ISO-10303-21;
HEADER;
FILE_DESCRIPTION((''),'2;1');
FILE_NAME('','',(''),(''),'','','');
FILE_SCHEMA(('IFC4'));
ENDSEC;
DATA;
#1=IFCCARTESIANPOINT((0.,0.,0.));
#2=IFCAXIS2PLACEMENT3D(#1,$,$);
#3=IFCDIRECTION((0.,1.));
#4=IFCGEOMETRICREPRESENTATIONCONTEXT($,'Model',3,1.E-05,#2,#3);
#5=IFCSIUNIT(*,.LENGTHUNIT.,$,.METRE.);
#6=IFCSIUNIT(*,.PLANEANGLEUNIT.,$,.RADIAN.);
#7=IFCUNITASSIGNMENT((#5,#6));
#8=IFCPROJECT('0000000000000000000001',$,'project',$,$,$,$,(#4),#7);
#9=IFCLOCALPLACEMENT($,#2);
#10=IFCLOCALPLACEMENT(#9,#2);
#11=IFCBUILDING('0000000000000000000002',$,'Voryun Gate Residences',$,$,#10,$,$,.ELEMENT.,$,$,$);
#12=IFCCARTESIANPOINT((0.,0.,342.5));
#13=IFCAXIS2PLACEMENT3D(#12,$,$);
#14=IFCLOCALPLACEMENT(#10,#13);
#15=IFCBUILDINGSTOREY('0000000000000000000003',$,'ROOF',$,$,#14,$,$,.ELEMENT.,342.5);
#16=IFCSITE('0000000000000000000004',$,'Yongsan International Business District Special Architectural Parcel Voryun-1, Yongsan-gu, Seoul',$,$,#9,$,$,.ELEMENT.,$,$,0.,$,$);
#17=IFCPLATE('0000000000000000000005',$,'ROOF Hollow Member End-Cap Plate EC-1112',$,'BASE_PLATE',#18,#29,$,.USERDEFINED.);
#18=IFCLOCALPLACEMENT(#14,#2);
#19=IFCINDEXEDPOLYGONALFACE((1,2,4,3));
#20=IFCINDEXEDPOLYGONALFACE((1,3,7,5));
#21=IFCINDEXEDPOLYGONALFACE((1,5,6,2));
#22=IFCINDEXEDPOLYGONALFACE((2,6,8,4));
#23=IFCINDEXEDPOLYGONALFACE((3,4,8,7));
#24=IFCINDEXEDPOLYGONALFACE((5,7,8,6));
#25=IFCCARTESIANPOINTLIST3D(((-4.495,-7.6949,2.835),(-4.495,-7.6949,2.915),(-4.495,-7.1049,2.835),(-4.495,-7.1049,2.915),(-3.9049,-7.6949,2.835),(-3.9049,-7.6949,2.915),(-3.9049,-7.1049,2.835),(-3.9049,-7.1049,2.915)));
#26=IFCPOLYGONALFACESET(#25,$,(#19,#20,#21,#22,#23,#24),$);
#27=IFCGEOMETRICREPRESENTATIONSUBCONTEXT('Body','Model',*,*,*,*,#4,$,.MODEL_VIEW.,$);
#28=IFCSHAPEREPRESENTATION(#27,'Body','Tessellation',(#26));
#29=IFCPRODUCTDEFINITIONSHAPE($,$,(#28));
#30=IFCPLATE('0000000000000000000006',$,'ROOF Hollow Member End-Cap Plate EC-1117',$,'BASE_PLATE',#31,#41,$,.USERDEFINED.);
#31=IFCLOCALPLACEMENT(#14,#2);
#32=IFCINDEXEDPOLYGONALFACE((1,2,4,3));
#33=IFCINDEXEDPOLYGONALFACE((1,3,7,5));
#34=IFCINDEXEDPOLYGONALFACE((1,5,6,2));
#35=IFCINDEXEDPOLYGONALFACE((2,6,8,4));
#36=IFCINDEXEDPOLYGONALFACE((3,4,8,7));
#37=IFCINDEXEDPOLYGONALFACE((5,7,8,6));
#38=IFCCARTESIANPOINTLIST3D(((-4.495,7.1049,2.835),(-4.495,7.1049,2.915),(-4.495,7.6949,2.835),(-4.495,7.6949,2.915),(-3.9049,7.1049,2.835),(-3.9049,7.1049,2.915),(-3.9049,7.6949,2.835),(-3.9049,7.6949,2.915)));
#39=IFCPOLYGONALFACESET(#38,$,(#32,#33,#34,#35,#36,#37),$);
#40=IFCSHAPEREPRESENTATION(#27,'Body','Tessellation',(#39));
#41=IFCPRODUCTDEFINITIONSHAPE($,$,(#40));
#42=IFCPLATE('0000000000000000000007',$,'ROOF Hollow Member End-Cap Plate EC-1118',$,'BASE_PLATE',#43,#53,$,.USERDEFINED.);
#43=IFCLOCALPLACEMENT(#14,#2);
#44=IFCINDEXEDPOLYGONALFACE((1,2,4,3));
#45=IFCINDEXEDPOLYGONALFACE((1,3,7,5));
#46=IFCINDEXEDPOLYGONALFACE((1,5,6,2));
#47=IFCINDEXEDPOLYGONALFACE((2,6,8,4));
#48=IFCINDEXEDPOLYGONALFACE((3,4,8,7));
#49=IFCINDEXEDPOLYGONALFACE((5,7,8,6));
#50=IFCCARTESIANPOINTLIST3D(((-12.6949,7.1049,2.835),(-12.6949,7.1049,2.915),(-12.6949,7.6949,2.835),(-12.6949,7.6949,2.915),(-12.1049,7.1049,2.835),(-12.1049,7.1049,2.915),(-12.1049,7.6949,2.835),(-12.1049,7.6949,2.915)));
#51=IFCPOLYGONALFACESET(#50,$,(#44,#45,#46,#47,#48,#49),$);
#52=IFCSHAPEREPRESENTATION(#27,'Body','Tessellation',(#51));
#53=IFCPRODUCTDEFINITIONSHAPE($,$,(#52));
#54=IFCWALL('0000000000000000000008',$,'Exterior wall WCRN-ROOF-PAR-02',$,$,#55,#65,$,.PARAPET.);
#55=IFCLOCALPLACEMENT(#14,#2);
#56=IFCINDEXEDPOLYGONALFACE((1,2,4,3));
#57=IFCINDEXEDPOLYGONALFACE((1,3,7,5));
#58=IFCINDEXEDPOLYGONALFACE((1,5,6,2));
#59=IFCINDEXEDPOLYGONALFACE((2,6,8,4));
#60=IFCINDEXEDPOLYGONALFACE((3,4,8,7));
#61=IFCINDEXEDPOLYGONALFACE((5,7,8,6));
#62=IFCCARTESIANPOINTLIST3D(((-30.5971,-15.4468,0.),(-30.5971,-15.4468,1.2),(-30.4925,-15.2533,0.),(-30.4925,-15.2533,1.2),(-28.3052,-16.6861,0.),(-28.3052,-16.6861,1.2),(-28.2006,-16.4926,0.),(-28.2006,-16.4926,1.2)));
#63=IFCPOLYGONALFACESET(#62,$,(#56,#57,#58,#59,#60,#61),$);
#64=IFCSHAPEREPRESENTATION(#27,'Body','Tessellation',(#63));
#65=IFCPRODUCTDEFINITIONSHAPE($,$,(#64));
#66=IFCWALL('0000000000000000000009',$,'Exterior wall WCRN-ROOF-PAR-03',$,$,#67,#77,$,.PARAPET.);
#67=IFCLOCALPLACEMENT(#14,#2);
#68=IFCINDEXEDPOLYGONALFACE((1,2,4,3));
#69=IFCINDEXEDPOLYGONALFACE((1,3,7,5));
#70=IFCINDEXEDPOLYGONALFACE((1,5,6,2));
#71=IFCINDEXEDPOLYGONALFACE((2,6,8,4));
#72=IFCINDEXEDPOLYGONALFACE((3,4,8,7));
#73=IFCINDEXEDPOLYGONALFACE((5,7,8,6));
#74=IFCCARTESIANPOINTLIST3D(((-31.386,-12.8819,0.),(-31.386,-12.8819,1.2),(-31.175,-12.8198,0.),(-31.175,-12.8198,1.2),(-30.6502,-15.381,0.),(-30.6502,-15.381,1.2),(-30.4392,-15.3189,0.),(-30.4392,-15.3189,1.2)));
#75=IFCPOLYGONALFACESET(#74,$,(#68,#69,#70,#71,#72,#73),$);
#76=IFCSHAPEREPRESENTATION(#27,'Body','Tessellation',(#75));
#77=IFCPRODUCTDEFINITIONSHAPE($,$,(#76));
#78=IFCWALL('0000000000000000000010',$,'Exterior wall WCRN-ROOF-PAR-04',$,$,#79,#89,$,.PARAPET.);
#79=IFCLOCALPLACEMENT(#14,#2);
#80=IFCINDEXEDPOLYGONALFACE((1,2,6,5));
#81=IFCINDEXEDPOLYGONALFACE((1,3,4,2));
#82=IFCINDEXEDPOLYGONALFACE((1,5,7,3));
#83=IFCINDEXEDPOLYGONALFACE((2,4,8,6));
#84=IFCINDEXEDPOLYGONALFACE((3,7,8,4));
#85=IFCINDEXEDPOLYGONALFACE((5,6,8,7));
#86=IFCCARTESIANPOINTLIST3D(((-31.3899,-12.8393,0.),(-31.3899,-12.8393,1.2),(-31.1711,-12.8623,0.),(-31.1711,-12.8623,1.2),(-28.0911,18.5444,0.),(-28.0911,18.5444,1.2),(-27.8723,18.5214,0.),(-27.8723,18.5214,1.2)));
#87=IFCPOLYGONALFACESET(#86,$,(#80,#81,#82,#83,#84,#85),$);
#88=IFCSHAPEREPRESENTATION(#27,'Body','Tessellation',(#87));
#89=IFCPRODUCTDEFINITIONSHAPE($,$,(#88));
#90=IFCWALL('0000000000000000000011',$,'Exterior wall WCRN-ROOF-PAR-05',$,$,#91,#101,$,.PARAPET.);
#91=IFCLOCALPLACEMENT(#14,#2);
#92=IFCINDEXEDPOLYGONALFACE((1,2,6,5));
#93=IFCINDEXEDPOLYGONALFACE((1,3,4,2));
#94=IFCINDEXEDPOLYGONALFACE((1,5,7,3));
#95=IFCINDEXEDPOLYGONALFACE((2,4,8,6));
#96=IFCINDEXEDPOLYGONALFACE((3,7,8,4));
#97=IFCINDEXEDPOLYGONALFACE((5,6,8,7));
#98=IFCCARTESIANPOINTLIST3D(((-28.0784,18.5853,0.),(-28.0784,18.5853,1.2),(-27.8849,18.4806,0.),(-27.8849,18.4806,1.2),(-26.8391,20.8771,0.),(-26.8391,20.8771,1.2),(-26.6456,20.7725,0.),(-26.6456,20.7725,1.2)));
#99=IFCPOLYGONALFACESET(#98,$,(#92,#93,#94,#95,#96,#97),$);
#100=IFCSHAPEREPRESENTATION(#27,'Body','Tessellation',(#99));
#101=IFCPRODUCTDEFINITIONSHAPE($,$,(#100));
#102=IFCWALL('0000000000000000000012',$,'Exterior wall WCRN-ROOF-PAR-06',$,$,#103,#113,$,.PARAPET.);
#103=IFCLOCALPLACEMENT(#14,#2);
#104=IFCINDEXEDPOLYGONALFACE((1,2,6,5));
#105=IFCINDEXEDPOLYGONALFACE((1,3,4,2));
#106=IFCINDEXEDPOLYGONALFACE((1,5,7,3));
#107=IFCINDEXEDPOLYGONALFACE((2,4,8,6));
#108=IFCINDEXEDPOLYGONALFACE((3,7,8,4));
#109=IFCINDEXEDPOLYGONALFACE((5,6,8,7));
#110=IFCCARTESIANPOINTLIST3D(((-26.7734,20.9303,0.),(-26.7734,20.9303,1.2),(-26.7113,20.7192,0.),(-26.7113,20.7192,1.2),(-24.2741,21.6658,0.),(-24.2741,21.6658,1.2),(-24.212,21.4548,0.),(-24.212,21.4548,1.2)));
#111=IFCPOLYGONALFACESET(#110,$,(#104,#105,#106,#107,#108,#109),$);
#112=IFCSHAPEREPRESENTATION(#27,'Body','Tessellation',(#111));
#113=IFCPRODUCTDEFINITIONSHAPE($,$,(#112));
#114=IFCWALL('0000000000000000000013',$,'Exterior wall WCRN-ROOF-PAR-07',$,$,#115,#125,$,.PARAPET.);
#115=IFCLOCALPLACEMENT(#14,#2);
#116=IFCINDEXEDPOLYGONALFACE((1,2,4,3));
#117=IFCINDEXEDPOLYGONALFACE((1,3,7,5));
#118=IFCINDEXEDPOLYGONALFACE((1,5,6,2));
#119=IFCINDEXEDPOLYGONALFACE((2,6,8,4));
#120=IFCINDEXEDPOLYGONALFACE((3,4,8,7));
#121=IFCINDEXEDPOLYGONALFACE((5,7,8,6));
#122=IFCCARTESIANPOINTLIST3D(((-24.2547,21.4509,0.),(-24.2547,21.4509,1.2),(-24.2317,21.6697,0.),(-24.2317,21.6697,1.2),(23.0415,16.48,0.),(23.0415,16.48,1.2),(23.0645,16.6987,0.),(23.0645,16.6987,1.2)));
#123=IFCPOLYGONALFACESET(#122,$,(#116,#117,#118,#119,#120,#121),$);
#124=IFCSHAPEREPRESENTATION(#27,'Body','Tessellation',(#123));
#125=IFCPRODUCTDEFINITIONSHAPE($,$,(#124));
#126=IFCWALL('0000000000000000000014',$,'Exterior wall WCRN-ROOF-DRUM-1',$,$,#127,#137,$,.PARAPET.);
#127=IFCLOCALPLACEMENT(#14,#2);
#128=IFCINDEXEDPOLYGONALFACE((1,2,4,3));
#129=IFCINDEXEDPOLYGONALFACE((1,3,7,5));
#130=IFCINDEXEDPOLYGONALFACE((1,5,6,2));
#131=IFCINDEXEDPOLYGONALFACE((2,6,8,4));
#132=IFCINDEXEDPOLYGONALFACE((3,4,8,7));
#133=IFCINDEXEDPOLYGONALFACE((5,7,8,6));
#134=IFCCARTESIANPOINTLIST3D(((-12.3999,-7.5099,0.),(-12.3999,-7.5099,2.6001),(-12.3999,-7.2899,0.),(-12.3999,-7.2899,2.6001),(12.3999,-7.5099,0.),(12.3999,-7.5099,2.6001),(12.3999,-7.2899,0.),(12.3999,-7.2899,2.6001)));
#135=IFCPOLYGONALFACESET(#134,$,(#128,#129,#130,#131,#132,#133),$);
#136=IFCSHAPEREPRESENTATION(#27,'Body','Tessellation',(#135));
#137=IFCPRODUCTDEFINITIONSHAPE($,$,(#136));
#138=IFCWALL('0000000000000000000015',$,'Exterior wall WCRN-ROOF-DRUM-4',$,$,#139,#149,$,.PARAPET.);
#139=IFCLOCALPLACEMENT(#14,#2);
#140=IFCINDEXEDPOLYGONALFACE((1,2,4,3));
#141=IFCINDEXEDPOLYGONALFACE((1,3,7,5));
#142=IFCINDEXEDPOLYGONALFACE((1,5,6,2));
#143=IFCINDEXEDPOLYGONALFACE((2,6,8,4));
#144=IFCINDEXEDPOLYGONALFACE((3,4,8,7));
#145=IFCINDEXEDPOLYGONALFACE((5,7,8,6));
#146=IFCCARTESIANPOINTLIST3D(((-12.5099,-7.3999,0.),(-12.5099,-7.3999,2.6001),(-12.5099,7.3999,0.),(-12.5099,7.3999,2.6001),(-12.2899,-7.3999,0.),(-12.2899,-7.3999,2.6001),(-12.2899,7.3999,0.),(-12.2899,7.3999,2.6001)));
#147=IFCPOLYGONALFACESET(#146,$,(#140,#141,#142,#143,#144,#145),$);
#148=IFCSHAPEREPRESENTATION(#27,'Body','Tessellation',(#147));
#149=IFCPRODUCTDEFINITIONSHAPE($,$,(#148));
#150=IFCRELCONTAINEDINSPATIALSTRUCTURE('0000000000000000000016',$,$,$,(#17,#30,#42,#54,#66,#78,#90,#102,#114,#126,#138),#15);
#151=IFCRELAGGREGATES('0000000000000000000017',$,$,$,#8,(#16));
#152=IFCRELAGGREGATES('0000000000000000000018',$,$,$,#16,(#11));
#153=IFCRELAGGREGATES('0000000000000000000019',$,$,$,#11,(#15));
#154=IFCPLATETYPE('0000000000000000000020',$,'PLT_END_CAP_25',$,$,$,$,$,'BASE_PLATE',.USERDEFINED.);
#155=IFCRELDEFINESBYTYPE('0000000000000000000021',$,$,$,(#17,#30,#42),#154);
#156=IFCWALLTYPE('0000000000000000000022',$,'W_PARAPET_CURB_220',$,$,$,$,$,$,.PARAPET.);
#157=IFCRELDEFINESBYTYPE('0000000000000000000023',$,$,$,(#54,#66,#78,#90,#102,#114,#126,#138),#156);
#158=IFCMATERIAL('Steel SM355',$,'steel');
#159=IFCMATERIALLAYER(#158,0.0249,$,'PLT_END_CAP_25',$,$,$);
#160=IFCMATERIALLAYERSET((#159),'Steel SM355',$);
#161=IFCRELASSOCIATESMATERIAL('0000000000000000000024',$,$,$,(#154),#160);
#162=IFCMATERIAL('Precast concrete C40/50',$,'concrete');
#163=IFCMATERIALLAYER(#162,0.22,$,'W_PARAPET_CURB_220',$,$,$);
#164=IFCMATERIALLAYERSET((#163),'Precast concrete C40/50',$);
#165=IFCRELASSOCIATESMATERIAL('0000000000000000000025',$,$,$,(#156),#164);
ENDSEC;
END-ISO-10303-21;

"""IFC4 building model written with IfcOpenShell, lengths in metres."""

from ifc_helpers import new_model, si_unit, direction, frame, frame_2d, origin, origin_2d, place, context, subcontext, project, spatial, rectangle, extrude, material, layer, layer_set, type_object, element, save


model = new_model("IFC4")

# Units and contexts
model_context = context("Model", 3, precision=1e-05, world=origin(), true_north=direction((0.0, 1.0)))
body_context = subcontext(model_context, "Body", "Model", "MODEL_VIEW")
ifc_project = project(units=[si_unit("LENGTHUNIT", "METRE"), si_unit("PLANEANGLEUNIT", "RADIAN")], contexts=[model_context])

# Site, building, storey
site_placement = place(None, origin())
site = spatial("IfcSite", under=ifc_project, at=site_placement, Name="Yongsan International Business District Special Architectural Parcel Voryun-1, Yongsan-gu, Seoul", CompositionType="ELEMENT", RefElevation=0.0)
building_placement = place(site_placement, origin())
building = spatial("IfcBuilding", under=site, at=building_placement, Name="Voryun Gate Residences", CompositionType="ELEMENT")
storey_placement = place(building_placement, frame((0.0, 0.0, 342.5)))
storey = spatial("IfcBuildingStorey", under=building, at=storey_placement, Name="ROOF", CompositionType="ELEMENT", Elevation=342.5)

# Plates
ifc_material_1 = material(Name="Steel SM355", Category="steel")
ifc_layer_1 = layer(ifc_material_1, 0.0249, Name="PLT_END_CAP_25")
ifc_layer_set_1 = layer_set([ifc_layer_1], Name="Steel SM355")
plate_type = type_object("IfcPlateType", Name="PLT_END_CAP_25", ElementType="BASE_PLATE", PredefinedType="USERDEFINED", material=ifc_layer_set_1)
for number, where, z_axis, x_axis, name in (
    (1, (-4.2, -7.3999, 2.835), (0.0, 0.0, 1.0), (1.0, 0.0, 0.0), "ROOF Hollow Member End-Cap Plate EC-1112"),
    (2, (-4.2, 7.3999, 2.835), (0.0, 0.0, 1.0), (1.0, 0.0, 0.0), "ROOF Hollow Member End-Cap Plate EC-1117"),
    (3, (-12.3999, 7.3999, 2.835), (0.0, 0.0, 1.0), (1.0, 0.0, 0.0), "ROOF Hollow Member End-Cap Plate EC-1118"),
):
    element("IfcPlate", number, at=place(storey_placement, frame(where, z_axis=z_axis, x_axis=x_axis)), inside=storey, type_object=plate_type, Name=name, ObjectType="BASE_PLATE", PredefinedType="USERDEFINED", context=body_context, shape_type="SweptSolid", body=[
        extrude(rectangle(XDim=0.5901, YDim=0.5901, at=origin_2d()), origin(), (0.0, 0.0, 1.0), 0.0801),
    ])

# Walls
ifc_material_2 = material(Name="Precast concrete C40/50", Category="concrete")
ifc_layer_2 = layer(ifc_material_2, 0.22, Name="W_PARAPET_CURB_220")
ifc_layer_set_2 = layer_set([ifc_layer_2], Name="Precast concrete C40/50")
wall_type = type_object("IfcWallType", Name="W_PARAPET_CURB_220", PredefinedType="PARAPET", material=ifc_layer_set_2)
wall_1_placement = place(storey_placement, frame((-28.2529, -16.5894, 0.0), z_axis=(0.0, 0.0, 1.0), x_axis=(-0.87963, 0.475658, 0.0)))
element("IfcWall", 4, at=wall_1_placement, inside=storey, type_object=wall_type, Name="Exterior wall WCRN-ROOF-PAR-02", PredefinedType="PARAPET", context=body_context, shape_type="SweptSolid", body=[
    extrude(rectangle(XDim=2.6055, YDim=0.22, at=frame_2d((1.3027, 0.0))), origin(), (0.0, 0.0, 1.0), 1.2),
])
wall_2_placement = place(storey_placement, frame((-30.5447, -15.3501, 0.0), z_axis=(0.0, 0.0, 1.0), x_axis=(-0.282435, 0.959286, 0.0)))
element("IfcWall", 5, at=wall_2_placement, inside=storey, type_object=wall_type, Name="Exterior wall WCRN-ROOF-PAR-03", PredefinedType="PARAPET", context=body_context, shape_type="SweptSolid", body=[
    extrude(rectangle(XDim=2.6052, YDim=0.22, at=frame_2d((1.3027, 0.0))), origin(), (0.0, 0.0, 1.0), 1.2),
])
wall_3_placement = place(storey_placement, frame((-31.2805, -12.8508, 0.0), z_axis=(0.0, 0.0, 1.0), x_axis=(0.104537, 0.994521, 0.0)))
element("IfcWall", 6, at=wall_3_placement, inside=storey, type_object=wall_type, Name="Exterior wall WCRN-ROOF-PAR-04", PredefinedType="PARAPET", context=body_context, shape_type="SweptSolid", body=[
    extrude(rectangle(XDim=31.5566, YDim=0.22, at=frame_2d((15.7783, 0.0))), origin(), (0.0, 0.0, 1.0), 1.2),
])
wall_4_placement = place(storey_placement, frame((-27.9817, 18.533, 0.0), z_axis=(0.0, 0.0, 1.0), x_axis=(0.475658, 0.87963, 0.0)))
element("IfcWall", 7, at=wall_4_placement, inside=storey, type_object=wall_type, Name="Exterior wall WCRN-ROOF-PAR-05", PredefinedType="PARAPET", context=body_context, shape_type="SweptSolid", body=[
    extrude(rectangle(XDim=2.6055, YDim=0.22, at=frame_2d((1.3027, 0.0))), origin(), (0.0, 0.0, 1.0), 1.2),
])
wall_5_placement = place(storey_placement, frame((-26.7424, 20.8247, 0.0), z_axis=(0.0, 0.0, 1.0), x_axis=(0.959312, 0.282349, 0.0)))
element("IfcWall", 8, at=wall_5_placement, inside=storey, type_object=wall_type, Name="Exterior wall WCRN-ROOF-PAR-06", PredefinedType="PARAPET", context=body_context, shape_type="SweptSolid", body=[
    extrude(rectangle(XDim=2.6052, YDim=0.22, at=frame_2d((1.3027, 0.0))), origin(), (0.0, 0.0, 1.0), 1.2),
])
wall_6_placement = place(storey_placement, frame((-24.2432, 21.5603, 0.0), z_axis=(0.0, 0.0, 1.0), x_axis=(0.994522, -0.104527, 0.0)))
element("IfcWall", 9, at=wall_6_placement, inside=storey, type_object=wall_type, Name="Exterior wall WCRN-ROOF-PAR-07", PredefinedType="PARAPET", context=body_context, shape_type="SweptSolid", body=[
    extrude(rectangle(XDim=47.5566, YDim=0.22, at=frame_2d((23.7783, 0.0))), origin(), (0.0, 0.0, 1.0), 1.2),
])
wall_7_placement = place(storey_placement, frame((-12.3999, -7.3999, 0.0), z_axis=(0.0, 0.0, 1.0), x_axis=(1.0, 0.0, 0.0)))
element("IfcWall", 10, at=wall_7_placement, inside=storey, type_object=wall_type, Name="Exterior wall WCRN-ROOF-DRUM-1", PredefinedType="PARAPET", context=body_context, shape_type="SweptSolid", body=[
    extrude(rectangle(XDim=24.7998, YDim=0.22, at=frame_2d((12.3999, 0.0))), origin(), (0.0, 0.0, 1.0), 2.6001),
])
wall_8_placement = place(storey_placement, frame((-12.3999, 7.3999, 0.0), z_axis=(0.0, 0.0, 1.0), x_axis=(0.0, -1.0, 0.0)))
element("IfcWall", 11, at=wall_8_placement, inside=storey, type_object=wall_type, Name="Exterior wall WCRN-ROOF-DRUM-4", PredefinedType="PARAPET", context=body_context, shape_type="SweptSolid", body=[
    extrude(rectangle(XDim=14.7998, YDim=0.22, at=frame_2d((7.3999, 0.0))), origin(), (0.0, 0.0, 1.0), 2.6001),
])

save(model, "model.ifc")
